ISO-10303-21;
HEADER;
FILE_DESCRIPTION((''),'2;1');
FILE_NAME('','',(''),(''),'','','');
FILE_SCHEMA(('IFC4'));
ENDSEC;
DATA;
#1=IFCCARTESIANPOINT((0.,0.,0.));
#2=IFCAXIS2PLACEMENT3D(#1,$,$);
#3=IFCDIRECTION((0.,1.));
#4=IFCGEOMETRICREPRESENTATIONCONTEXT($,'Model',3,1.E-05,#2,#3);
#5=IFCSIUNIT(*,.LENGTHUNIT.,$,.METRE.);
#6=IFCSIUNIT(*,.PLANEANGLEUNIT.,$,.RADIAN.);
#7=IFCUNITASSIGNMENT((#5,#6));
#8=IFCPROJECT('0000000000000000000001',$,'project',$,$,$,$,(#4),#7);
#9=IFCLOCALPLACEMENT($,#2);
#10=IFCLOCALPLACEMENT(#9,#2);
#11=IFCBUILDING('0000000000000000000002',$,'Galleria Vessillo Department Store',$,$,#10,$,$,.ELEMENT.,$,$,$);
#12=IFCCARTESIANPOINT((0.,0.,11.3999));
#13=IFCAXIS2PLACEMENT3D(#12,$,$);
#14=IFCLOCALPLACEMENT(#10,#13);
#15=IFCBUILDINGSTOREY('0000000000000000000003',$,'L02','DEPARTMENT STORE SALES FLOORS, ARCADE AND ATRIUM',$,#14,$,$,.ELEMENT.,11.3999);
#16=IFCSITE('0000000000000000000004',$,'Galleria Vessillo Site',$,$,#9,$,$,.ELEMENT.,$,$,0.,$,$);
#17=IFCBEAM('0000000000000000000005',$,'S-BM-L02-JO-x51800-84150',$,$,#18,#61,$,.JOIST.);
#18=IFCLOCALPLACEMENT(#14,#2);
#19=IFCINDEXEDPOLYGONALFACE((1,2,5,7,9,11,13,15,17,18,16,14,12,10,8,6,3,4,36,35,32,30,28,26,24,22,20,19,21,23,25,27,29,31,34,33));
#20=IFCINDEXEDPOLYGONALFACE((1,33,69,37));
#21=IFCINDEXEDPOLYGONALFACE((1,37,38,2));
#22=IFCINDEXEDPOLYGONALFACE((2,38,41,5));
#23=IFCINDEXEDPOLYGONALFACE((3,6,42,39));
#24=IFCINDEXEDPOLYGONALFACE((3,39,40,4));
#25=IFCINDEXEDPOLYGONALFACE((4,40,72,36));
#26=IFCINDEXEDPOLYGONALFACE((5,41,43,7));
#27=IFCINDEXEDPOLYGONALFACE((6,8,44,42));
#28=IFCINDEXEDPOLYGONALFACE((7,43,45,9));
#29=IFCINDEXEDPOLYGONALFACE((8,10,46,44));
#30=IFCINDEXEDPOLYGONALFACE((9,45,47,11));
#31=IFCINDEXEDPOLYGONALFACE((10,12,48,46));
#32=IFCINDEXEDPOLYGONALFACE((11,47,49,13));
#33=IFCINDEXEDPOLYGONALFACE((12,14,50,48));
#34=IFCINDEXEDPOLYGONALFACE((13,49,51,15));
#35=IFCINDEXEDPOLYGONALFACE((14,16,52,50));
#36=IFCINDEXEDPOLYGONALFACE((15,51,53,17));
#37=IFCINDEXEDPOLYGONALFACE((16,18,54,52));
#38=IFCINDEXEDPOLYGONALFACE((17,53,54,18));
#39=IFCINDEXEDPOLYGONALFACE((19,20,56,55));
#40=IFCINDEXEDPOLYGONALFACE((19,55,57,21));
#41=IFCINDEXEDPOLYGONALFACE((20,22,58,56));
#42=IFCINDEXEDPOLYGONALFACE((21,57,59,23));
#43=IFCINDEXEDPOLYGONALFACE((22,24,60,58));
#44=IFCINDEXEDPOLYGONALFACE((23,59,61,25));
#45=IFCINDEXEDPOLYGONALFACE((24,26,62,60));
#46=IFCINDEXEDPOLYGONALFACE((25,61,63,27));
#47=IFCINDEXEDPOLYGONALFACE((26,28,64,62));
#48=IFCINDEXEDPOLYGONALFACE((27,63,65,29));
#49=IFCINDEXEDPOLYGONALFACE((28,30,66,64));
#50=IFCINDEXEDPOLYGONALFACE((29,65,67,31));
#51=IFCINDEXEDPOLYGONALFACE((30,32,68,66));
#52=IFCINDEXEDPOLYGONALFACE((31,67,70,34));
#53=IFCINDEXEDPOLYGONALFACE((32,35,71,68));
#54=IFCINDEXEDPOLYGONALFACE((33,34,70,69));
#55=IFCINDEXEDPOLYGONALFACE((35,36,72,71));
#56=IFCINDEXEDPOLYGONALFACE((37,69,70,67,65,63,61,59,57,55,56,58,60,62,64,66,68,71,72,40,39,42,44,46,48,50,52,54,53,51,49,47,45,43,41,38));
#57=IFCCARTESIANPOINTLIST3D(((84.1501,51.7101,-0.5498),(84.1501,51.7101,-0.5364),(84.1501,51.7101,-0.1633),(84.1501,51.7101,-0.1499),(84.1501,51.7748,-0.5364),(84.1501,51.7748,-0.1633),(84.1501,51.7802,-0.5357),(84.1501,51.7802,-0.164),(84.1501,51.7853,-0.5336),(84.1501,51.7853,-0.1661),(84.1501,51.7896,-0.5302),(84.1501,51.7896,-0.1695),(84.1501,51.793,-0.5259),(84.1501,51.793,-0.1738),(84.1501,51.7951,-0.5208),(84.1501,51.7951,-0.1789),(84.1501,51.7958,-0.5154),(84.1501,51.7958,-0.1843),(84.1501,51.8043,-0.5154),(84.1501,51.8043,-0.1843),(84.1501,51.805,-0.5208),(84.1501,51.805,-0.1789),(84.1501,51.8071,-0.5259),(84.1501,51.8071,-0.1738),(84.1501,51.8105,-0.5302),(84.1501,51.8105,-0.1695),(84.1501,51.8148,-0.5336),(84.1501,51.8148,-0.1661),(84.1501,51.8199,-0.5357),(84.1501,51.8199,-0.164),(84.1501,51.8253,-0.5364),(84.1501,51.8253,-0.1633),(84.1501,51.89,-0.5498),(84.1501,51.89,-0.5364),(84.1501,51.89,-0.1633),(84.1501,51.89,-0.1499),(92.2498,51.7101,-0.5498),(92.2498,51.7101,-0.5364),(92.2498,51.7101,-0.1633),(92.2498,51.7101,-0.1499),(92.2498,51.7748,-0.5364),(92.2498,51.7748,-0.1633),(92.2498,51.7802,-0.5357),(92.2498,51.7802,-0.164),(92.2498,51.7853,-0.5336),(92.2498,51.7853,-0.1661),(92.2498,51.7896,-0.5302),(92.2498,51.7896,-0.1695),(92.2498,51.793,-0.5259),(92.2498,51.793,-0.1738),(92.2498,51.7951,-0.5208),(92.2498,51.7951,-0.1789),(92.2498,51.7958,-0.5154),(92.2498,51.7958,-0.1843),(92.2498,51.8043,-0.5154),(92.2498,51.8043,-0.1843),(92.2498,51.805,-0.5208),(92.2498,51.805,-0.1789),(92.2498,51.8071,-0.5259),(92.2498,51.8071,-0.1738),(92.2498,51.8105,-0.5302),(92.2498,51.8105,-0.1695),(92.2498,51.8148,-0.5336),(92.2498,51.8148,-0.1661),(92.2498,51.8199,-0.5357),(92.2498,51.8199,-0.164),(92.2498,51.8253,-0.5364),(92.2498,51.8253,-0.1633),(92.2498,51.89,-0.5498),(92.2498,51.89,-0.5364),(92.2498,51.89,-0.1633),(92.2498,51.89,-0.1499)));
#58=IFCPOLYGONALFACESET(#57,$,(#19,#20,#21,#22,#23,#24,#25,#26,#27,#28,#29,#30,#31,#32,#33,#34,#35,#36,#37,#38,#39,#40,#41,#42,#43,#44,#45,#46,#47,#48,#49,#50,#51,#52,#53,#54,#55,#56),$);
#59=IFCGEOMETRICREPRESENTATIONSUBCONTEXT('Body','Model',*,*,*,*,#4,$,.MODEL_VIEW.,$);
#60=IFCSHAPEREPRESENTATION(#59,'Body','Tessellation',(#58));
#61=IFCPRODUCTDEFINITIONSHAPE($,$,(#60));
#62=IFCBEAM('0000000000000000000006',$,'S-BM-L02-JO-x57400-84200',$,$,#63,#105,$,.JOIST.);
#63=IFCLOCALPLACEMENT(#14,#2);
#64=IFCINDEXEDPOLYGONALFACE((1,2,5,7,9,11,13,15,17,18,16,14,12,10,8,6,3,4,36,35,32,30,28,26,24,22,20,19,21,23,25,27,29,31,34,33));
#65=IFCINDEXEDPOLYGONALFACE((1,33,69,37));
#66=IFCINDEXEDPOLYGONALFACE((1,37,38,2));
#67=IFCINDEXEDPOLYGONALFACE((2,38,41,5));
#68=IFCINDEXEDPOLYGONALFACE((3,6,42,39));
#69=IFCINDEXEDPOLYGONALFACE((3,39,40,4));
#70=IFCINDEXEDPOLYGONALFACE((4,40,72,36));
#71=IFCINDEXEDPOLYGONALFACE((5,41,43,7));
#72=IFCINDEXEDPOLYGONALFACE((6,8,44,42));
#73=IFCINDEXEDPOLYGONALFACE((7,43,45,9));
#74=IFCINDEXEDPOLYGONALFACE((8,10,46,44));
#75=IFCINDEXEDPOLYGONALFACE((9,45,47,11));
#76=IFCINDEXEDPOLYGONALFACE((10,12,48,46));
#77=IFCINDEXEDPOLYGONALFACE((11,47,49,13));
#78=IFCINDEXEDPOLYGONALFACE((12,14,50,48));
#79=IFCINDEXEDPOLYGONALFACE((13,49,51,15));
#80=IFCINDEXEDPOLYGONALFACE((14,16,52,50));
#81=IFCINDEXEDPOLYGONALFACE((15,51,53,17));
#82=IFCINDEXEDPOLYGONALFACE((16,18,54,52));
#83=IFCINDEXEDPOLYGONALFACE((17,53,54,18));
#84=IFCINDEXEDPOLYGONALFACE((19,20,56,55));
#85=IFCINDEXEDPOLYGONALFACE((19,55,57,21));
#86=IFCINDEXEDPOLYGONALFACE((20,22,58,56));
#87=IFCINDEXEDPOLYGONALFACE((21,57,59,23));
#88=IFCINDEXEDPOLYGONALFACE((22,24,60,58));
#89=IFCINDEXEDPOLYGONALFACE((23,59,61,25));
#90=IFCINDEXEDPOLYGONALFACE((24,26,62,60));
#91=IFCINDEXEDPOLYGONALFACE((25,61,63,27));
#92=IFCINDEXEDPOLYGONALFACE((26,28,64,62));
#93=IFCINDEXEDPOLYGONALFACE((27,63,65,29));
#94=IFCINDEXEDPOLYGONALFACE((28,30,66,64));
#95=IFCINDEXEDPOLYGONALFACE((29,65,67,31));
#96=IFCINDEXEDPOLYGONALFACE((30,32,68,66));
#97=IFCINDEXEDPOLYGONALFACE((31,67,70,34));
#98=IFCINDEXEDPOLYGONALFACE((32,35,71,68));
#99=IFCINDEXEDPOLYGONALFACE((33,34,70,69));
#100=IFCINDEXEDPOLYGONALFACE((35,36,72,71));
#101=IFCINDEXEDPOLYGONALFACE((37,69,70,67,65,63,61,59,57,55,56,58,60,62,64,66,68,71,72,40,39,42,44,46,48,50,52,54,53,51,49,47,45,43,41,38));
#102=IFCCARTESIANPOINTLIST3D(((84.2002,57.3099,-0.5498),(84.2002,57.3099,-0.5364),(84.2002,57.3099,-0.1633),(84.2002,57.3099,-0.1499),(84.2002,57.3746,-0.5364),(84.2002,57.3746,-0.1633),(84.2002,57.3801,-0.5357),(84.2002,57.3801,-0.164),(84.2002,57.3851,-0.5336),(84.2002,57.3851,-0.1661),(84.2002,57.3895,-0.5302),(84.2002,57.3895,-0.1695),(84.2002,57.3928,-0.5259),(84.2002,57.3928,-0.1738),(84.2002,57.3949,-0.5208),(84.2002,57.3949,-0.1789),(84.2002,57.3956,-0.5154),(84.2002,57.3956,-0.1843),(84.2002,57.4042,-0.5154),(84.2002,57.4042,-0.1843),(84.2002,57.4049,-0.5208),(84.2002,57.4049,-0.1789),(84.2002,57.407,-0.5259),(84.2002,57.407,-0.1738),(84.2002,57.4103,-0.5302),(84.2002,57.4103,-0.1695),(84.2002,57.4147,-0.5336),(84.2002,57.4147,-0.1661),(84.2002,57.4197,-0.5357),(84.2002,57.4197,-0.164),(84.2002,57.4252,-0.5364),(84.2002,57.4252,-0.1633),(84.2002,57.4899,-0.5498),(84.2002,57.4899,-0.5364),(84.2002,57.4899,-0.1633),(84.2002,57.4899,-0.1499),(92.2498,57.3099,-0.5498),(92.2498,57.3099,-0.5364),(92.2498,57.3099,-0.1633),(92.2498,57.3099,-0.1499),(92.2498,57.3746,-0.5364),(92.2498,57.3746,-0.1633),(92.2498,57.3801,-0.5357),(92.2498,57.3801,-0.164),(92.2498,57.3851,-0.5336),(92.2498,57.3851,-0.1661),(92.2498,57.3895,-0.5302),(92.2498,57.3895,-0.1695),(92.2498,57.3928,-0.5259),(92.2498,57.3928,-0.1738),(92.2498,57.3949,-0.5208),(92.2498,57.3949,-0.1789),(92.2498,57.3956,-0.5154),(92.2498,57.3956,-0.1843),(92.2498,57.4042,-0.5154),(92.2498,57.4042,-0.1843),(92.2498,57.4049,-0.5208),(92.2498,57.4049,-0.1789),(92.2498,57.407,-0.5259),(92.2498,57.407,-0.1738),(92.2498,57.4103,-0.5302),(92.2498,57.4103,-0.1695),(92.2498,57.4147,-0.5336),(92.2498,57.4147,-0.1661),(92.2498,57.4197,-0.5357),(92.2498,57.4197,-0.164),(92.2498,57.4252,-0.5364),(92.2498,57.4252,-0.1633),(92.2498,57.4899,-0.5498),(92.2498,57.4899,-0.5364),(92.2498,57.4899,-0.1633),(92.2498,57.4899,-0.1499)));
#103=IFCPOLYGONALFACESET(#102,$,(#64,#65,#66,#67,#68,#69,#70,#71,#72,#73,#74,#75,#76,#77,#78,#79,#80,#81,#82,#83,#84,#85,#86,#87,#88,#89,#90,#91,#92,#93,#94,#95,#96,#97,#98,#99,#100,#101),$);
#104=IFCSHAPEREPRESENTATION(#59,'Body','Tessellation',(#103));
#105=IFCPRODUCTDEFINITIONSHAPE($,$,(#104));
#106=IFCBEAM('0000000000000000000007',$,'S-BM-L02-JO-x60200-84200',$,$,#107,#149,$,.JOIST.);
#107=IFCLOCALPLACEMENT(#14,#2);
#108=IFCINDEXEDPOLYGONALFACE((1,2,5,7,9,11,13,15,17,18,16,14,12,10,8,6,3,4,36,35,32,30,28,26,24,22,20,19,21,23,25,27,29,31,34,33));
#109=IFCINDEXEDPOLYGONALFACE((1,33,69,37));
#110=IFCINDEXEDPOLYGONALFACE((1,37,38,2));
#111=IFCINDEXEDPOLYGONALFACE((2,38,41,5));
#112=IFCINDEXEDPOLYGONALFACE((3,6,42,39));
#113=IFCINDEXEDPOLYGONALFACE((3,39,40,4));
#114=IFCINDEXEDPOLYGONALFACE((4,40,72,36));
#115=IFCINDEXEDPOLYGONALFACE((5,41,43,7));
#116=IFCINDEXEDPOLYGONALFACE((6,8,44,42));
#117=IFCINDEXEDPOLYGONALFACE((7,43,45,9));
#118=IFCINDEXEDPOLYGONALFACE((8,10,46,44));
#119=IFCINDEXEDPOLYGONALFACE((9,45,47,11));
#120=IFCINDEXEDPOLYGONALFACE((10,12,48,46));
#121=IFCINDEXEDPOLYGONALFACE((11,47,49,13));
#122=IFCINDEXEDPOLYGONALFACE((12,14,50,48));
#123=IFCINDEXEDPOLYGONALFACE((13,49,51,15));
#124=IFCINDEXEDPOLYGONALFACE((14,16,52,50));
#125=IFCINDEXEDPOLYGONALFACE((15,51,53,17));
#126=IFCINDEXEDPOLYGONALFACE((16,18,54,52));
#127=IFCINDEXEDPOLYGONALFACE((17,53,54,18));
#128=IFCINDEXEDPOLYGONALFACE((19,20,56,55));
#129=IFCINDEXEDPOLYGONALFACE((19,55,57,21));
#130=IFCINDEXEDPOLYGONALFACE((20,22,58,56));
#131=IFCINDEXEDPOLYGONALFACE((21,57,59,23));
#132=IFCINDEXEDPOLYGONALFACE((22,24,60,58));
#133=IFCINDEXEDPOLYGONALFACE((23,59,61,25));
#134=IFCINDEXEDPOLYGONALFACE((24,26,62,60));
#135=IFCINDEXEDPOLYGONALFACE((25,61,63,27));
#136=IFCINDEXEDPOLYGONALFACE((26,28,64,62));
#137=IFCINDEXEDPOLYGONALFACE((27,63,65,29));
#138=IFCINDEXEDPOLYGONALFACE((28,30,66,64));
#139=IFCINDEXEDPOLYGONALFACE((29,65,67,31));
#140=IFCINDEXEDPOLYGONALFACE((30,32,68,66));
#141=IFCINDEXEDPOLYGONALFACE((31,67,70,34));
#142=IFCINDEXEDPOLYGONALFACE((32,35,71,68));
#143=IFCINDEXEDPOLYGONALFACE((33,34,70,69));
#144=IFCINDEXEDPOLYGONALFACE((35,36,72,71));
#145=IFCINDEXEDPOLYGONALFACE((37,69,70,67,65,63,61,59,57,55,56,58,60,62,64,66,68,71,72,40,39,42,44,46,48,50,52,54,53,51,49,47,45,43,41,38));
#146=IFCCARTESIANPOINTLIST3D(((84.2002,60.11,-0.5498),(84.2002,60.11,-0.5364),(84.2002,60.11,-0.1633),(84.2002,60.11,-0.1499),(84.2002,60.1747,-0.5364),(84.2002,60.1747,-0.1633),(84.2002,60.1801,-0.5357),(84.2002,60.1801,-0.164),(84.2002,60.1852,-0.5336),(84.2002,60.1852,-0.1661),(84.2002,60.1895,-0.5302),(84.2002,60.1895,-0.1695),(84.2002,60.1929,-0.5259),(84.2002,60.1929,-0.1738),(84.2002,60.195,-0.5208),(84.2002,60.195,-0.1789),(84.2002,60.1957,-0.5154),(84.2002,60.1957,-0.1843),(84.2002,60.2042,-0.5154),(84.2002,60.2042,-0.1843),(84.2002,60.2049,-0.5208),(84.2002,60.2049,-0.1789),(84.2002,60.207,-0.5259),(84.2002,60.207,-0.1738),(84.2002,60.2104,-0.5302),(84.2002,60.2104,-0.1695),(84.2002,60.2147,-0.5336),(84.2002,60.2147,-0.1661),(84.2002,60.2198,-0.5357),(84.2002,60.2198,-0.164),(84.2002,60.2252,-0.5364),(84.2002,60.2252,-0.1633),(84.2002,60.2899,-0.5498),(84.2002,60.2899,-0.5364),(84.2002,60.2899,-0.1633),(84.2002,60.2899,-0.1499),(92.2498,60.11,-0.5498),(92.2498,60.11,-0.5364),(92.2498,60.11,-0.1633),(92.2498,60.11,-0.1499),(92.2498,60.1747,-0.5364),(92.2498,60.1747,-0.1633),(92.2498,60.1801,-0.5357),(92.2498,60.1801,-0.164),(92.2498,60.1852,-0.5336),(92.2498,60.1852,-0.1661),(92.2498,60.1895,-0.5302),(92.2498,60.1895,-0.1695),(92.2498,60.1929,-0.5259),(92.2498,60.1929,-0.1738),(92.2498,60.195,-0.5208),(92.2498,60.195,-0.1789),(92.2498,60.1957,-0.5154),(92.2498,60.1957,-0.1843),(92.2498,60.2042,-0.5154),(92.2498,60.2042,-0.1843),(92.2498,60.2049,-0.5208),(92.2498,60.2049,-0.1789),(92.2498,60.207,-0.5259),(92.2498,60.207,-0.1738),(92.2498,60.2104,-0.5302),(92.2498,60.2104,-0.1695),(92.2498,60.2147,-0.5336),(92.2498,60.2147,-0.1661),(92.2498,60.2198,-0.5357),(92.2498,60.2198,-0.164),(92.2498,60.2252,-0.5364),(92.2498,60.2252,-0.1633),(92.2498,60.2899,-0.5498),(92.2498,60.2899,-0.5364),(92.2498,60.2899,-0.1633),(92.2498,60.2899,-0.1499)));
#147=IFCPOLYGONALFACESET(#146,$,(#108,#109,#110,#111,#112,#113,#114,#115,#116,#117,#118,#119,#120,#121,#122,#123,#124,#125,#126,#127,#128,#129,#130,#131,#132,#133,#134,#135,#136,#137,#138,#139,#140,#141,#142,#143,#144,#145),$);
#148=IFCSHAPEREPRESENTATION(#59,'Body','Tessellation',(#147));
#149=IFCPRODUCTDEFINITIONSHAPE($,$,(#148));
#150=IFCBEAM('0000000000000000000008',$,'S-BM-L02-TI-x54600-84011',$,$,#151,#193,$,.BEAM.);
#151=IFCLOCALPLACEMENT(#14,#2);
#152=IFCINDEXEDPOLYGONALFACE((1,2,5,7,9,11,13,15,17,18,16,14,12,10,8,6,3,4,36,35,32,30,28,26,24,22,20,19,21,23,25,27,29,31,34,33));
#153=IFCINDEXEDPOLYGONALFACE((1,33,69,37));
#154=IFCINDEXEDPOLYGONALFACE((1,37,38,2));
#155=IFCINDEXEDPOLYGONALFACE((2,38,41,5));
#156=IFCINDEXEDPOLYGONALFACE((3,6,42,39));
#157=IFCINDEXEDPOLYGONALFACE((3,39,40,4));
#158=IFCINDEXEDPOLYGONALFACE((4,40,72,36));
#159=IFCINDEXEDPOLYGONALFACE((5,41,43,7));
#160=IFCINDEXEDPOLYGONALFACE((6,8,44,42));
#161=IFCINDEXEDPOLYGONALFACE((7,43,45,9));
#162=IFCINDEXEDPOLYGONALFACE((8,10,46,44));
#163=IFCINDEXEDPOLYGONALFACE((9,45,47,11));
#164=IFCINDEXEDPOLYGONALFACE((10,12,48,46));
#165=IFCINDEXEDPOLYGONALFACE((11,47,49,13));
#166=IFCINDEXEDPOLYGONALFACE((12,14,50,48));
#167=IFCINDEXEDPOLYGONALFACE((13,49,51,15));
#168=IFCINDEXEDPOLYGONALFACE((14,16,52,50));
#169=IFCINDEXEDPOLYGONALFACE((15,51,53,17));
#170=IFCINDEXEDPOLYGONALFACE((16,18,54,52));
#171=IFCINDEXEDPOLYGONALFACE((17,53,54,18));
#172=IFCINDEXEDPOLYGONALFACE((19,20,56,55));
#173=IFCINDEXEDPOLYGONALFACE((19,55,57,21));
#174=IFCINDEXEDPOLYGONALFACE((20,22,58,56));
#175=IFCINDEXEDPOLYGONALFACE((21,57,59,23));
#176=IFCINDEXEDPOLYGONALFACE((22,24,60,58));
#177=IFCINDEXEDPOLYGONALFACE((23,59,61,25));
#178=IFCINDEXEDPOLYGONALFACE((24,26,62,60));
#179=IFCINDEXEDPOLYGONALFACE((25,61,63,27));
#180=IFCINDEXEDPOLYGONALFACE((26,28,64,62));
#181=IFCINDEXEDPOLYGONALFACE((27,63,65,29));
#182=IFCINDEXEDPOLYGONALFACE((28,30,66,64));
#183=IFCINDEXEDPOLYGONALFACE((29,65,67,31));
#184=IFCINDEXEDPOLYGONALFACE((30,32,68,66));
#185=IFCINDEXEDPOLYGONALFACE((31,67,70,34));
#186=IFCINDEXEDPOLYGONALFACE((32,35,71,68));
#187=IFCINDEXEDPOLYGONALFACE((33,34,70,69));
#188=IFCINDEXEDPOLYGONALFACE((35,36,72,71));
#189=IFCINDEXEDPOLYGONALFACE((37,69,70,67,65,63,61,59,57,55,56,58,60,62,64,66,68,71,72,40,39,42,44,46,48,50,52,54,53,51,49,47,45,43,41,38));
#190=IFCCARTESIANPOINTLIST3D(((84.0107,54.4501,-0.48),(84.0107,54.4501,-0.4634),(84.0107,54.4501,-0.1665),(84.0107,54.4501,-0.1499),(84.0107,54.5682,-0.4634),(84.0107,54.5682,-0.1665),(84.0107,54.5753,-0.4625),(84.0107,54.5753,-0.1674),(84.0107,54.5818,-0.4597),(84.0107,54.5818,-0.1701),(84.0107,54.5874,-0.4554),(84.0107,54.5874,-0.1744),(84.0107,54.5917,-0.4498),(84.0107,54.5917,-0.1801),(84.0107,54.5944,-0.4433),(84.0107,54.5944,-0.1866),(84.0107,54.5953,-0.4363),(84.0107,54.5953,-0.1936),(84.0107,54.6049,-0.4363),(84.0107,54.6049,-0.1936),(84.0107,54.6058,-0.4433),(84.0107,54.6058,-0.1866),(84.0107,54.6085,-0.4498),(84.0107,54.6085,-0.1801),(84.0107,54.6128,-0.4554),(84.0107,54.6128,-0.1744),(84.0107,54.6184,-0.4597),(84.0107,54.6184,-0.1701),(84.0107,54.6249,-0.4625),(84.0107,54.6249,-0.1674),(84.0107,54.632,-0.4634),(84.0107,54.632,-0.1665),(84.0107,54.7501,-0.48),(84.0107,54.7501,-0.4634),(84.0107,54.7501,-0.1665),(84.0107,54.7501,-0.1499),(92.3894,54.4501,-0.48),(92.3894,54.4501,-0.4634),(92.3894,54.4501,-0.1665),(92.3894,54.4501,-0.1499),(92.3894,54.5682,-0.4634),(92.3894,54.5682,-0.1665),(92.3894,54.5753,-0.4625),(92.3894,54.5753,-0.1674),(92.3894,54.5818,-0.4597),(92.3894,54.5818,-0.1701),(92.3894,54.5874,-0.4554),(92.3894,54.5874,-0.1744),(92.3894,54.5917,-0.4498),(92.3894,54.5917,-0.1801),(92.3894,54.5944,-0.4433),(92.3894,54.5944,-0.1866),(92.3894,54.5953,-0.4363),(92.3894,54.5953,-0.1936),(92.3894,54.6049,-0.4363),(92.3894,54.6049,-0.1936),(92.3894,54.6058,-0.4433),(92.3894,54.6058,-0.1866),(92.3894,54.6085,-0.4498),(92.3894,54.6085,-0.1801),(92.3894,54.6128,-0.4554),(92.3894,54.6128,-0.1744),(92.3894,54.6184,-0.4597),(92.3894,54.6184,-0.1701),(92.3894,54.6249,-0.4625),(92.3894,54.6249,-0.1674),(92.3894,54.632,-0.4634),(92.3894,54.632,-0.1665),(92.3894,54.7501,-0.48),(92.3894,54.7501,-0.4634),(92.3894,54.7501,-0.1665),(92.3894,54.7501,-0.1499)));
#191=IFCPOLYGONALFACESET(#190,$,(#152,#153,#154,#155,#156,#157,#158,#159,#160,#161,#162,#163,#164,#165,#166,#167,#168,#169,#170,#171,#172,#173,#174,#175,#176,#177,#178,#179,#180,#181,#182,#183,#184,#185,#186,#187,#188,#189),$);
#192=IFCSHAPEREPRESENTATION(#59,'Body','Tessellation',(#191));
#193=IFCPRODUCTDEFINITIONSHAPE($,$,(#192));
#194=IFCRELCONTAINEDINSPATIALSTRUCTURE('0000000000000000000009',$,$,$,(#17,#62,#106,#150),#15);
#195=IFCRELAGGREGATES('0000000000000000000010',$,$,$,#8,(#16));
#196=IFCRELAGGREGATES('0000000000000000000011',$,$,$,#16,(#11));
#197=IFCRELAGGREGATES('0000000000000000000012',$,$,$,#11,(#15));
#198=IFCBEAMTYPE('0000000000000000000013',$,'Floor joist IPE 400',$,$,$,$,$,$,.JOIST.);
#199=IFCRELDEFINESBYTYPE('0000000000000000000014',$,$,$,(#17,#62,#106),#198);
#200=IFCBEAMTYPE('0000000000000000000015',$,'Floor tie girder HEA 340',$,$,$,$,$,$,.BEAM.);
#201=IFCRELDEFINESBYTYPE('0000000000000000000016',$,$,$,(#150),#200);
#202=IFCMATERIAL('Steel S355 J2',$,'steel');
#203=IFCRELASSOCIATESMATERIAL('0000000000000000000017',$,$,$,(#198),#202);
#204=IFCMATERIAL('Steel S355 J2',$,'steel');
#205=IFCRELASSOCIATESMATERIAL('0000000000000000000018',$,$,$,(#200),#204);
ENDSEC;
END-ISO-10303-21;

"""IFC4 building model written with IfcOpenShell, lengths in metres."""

from ifc_helpers import new_model, si_unit, direction, frame, origin, origin_2d, place, context, subcontext, project, spatial, i_section, extrude, material, material_profile, profile_set, type_object, element, save


model = new_model("IFC4")

# Units and contexts
model_context = context("Model", 3, precision=1e-05, world=origin(), true_north=direction((0.0, 1.0)))
body_context = subcontext(model_context, "Body", "Model", "MODEL_VIEW")
ifc_project = project(units=[si_unit("LENGTHUNIT", "METRE"), si_unit("PLANEANGLEUNIT", "RADIAN")], contexts=[model_context])

# Site, building, storey
site_placement = place(None, origin())
site = spatial("IfcSite", under=ifc_project, at=site_placement, Name="Galleria Vessillo Site", CompositionType="ELEMENT", RefElevation=0.0)
building_placement = place(site_placement, origin())
building = spatial("IfcBuilding", under=site, at=building_placement, Name="Galleria Vessillo Department Store", CompositionType="ELEMENT")
storey_placement = place(building_placement, frame((0.0, 0.0, 11.3999)))
storey = spatial("IfcBuildingStorey", under=building, at=storey_placement, Name="L02", Description="DEPARTMENT STORE SALES FLOORS, ARCADE AND ATRIUM", CompositionType="ELEMENT", Elevation=11.3999)

# Beams
ifc_material_1 = material(Name="Steel S355 J2", Category="steel")
ifc_material_profile_1 = material_profile(ifc_material_1, i_section(OverallWidth=0.1799, OverallDepth=0.3999, WebThickness=0.0085, FlangeThickness=0.0134, FilletRadius=0.021, at=origin_2d()), Name="IPE 400")
ifc_profile_set_1 = profile_set([ifc_material_profile_1], Name="Steel S355 J2")
beam_type_1 = type_object("IfcBeamType", Name="Floor joist IPE 400", PredefinedType="JOIST", material=ifc_profile_set_1)
for number, where, z_axis, x_axis, name in (
    (1, (84.1501, 51.8, -0.3499), (1.0, 0.0, 0.0), (0.0, 1.0, 0.0), "S-BM-L02-JO-x51800-84150"),
):
    element("IfcBeam", number, at=place(storey_placement, frame(where, z_axis=z_axis, x_axis=x_axis)), inside=storey, type_object=beam_type_1, Name=name, PredefinedType="JOIST", context=body_context, shape_type="SweptSolid", body=[
        extrude(i_section(OverallWidth=0.1799, OverallDepth=0.3999, WebThickness=0.0085, FlangeThickness=0.0134, FilletRadius=0.021, at=origin_2d()), origin(), (0.0, 0.0, 1.0), 8.0996),
    ])
for number, where, z_axis, x_axis, name in (
    (2, (84.2002, 57.3999, -0.3499), (1.0, 0.0, 0.0), (0.0, 1.0, 0.0), "S-BM-L02-JO-x57400-84200"),
    (3, (84.2002, 60.2, -0.3499), (1.0, 0.0, 0.0), (0.0, 1.0, 0.0), "S-BM-L02-JO-x60200-84200"),
):
    element("IfcBeam", number, at=place(storey_placement, frame(where, z_axis=z_axis, x_axis=x_axis)), inside=storey, type_object=beam_type_1, Name=name, PredefinedType="JOIST", context=body_context, shape_type="SweptSolid", body=[
        extrude(i_section(OverallWidth=0.1799, OverallDepth=0.3999, WebThickness=0.0085, FlangeThickness=0.0134, FilletRadius=0.021, at=origin_2d()), origin(), (0.0, 0.0, 1.0), 8.0496),
    ])
ifc_material_2 = material(Name="Steel S355 J2", Category="steel")
ifc_material_profile_2 = material_profile(ifc_material_2, i_section(OverallWidth=0.3, OverallDepth=0.3301, WebThickness=0.0095, FlangeThickness=0.0166, FilletRadius=0.0271, at=origin_2d()), Name="HEA 340")
ifc_profile_set_2 = profile_set([ifc_material_profile_2], Name="Steel S355 J2")
beam_type_2 = type_object("IfcBeamType", Name="Floor tie girder HEA 340", PredefinedType="BEAM", material=ifc_profile_set_2)
beam_1_placement = place(storey_placement, frame((84.0107, 54.6001, -0.3149), z_axis=(1.0, 0.0, 0.0), x_axis=(0.0, 1.0, 0.0)))
element("IfcBeam", 4, at=beam_1_placement, inside=storey, type_object=beam_type_2, Name="S-BM-L02-TI-x54600-84011", PredefinedType="BEAM", context=body_context, shape_type="SweptSolid", body=[
    extrude(i_section(OverallWidth=0.3, OverallDepth=0.3301, WebThickness=0.0095, FlangeThickness=0.0166, FilletRadius=0.0271, at=origin_2d()), origin(), (0.0, 0.0, 1.0), 8.3787),
])

save(model, "model.ifc")
